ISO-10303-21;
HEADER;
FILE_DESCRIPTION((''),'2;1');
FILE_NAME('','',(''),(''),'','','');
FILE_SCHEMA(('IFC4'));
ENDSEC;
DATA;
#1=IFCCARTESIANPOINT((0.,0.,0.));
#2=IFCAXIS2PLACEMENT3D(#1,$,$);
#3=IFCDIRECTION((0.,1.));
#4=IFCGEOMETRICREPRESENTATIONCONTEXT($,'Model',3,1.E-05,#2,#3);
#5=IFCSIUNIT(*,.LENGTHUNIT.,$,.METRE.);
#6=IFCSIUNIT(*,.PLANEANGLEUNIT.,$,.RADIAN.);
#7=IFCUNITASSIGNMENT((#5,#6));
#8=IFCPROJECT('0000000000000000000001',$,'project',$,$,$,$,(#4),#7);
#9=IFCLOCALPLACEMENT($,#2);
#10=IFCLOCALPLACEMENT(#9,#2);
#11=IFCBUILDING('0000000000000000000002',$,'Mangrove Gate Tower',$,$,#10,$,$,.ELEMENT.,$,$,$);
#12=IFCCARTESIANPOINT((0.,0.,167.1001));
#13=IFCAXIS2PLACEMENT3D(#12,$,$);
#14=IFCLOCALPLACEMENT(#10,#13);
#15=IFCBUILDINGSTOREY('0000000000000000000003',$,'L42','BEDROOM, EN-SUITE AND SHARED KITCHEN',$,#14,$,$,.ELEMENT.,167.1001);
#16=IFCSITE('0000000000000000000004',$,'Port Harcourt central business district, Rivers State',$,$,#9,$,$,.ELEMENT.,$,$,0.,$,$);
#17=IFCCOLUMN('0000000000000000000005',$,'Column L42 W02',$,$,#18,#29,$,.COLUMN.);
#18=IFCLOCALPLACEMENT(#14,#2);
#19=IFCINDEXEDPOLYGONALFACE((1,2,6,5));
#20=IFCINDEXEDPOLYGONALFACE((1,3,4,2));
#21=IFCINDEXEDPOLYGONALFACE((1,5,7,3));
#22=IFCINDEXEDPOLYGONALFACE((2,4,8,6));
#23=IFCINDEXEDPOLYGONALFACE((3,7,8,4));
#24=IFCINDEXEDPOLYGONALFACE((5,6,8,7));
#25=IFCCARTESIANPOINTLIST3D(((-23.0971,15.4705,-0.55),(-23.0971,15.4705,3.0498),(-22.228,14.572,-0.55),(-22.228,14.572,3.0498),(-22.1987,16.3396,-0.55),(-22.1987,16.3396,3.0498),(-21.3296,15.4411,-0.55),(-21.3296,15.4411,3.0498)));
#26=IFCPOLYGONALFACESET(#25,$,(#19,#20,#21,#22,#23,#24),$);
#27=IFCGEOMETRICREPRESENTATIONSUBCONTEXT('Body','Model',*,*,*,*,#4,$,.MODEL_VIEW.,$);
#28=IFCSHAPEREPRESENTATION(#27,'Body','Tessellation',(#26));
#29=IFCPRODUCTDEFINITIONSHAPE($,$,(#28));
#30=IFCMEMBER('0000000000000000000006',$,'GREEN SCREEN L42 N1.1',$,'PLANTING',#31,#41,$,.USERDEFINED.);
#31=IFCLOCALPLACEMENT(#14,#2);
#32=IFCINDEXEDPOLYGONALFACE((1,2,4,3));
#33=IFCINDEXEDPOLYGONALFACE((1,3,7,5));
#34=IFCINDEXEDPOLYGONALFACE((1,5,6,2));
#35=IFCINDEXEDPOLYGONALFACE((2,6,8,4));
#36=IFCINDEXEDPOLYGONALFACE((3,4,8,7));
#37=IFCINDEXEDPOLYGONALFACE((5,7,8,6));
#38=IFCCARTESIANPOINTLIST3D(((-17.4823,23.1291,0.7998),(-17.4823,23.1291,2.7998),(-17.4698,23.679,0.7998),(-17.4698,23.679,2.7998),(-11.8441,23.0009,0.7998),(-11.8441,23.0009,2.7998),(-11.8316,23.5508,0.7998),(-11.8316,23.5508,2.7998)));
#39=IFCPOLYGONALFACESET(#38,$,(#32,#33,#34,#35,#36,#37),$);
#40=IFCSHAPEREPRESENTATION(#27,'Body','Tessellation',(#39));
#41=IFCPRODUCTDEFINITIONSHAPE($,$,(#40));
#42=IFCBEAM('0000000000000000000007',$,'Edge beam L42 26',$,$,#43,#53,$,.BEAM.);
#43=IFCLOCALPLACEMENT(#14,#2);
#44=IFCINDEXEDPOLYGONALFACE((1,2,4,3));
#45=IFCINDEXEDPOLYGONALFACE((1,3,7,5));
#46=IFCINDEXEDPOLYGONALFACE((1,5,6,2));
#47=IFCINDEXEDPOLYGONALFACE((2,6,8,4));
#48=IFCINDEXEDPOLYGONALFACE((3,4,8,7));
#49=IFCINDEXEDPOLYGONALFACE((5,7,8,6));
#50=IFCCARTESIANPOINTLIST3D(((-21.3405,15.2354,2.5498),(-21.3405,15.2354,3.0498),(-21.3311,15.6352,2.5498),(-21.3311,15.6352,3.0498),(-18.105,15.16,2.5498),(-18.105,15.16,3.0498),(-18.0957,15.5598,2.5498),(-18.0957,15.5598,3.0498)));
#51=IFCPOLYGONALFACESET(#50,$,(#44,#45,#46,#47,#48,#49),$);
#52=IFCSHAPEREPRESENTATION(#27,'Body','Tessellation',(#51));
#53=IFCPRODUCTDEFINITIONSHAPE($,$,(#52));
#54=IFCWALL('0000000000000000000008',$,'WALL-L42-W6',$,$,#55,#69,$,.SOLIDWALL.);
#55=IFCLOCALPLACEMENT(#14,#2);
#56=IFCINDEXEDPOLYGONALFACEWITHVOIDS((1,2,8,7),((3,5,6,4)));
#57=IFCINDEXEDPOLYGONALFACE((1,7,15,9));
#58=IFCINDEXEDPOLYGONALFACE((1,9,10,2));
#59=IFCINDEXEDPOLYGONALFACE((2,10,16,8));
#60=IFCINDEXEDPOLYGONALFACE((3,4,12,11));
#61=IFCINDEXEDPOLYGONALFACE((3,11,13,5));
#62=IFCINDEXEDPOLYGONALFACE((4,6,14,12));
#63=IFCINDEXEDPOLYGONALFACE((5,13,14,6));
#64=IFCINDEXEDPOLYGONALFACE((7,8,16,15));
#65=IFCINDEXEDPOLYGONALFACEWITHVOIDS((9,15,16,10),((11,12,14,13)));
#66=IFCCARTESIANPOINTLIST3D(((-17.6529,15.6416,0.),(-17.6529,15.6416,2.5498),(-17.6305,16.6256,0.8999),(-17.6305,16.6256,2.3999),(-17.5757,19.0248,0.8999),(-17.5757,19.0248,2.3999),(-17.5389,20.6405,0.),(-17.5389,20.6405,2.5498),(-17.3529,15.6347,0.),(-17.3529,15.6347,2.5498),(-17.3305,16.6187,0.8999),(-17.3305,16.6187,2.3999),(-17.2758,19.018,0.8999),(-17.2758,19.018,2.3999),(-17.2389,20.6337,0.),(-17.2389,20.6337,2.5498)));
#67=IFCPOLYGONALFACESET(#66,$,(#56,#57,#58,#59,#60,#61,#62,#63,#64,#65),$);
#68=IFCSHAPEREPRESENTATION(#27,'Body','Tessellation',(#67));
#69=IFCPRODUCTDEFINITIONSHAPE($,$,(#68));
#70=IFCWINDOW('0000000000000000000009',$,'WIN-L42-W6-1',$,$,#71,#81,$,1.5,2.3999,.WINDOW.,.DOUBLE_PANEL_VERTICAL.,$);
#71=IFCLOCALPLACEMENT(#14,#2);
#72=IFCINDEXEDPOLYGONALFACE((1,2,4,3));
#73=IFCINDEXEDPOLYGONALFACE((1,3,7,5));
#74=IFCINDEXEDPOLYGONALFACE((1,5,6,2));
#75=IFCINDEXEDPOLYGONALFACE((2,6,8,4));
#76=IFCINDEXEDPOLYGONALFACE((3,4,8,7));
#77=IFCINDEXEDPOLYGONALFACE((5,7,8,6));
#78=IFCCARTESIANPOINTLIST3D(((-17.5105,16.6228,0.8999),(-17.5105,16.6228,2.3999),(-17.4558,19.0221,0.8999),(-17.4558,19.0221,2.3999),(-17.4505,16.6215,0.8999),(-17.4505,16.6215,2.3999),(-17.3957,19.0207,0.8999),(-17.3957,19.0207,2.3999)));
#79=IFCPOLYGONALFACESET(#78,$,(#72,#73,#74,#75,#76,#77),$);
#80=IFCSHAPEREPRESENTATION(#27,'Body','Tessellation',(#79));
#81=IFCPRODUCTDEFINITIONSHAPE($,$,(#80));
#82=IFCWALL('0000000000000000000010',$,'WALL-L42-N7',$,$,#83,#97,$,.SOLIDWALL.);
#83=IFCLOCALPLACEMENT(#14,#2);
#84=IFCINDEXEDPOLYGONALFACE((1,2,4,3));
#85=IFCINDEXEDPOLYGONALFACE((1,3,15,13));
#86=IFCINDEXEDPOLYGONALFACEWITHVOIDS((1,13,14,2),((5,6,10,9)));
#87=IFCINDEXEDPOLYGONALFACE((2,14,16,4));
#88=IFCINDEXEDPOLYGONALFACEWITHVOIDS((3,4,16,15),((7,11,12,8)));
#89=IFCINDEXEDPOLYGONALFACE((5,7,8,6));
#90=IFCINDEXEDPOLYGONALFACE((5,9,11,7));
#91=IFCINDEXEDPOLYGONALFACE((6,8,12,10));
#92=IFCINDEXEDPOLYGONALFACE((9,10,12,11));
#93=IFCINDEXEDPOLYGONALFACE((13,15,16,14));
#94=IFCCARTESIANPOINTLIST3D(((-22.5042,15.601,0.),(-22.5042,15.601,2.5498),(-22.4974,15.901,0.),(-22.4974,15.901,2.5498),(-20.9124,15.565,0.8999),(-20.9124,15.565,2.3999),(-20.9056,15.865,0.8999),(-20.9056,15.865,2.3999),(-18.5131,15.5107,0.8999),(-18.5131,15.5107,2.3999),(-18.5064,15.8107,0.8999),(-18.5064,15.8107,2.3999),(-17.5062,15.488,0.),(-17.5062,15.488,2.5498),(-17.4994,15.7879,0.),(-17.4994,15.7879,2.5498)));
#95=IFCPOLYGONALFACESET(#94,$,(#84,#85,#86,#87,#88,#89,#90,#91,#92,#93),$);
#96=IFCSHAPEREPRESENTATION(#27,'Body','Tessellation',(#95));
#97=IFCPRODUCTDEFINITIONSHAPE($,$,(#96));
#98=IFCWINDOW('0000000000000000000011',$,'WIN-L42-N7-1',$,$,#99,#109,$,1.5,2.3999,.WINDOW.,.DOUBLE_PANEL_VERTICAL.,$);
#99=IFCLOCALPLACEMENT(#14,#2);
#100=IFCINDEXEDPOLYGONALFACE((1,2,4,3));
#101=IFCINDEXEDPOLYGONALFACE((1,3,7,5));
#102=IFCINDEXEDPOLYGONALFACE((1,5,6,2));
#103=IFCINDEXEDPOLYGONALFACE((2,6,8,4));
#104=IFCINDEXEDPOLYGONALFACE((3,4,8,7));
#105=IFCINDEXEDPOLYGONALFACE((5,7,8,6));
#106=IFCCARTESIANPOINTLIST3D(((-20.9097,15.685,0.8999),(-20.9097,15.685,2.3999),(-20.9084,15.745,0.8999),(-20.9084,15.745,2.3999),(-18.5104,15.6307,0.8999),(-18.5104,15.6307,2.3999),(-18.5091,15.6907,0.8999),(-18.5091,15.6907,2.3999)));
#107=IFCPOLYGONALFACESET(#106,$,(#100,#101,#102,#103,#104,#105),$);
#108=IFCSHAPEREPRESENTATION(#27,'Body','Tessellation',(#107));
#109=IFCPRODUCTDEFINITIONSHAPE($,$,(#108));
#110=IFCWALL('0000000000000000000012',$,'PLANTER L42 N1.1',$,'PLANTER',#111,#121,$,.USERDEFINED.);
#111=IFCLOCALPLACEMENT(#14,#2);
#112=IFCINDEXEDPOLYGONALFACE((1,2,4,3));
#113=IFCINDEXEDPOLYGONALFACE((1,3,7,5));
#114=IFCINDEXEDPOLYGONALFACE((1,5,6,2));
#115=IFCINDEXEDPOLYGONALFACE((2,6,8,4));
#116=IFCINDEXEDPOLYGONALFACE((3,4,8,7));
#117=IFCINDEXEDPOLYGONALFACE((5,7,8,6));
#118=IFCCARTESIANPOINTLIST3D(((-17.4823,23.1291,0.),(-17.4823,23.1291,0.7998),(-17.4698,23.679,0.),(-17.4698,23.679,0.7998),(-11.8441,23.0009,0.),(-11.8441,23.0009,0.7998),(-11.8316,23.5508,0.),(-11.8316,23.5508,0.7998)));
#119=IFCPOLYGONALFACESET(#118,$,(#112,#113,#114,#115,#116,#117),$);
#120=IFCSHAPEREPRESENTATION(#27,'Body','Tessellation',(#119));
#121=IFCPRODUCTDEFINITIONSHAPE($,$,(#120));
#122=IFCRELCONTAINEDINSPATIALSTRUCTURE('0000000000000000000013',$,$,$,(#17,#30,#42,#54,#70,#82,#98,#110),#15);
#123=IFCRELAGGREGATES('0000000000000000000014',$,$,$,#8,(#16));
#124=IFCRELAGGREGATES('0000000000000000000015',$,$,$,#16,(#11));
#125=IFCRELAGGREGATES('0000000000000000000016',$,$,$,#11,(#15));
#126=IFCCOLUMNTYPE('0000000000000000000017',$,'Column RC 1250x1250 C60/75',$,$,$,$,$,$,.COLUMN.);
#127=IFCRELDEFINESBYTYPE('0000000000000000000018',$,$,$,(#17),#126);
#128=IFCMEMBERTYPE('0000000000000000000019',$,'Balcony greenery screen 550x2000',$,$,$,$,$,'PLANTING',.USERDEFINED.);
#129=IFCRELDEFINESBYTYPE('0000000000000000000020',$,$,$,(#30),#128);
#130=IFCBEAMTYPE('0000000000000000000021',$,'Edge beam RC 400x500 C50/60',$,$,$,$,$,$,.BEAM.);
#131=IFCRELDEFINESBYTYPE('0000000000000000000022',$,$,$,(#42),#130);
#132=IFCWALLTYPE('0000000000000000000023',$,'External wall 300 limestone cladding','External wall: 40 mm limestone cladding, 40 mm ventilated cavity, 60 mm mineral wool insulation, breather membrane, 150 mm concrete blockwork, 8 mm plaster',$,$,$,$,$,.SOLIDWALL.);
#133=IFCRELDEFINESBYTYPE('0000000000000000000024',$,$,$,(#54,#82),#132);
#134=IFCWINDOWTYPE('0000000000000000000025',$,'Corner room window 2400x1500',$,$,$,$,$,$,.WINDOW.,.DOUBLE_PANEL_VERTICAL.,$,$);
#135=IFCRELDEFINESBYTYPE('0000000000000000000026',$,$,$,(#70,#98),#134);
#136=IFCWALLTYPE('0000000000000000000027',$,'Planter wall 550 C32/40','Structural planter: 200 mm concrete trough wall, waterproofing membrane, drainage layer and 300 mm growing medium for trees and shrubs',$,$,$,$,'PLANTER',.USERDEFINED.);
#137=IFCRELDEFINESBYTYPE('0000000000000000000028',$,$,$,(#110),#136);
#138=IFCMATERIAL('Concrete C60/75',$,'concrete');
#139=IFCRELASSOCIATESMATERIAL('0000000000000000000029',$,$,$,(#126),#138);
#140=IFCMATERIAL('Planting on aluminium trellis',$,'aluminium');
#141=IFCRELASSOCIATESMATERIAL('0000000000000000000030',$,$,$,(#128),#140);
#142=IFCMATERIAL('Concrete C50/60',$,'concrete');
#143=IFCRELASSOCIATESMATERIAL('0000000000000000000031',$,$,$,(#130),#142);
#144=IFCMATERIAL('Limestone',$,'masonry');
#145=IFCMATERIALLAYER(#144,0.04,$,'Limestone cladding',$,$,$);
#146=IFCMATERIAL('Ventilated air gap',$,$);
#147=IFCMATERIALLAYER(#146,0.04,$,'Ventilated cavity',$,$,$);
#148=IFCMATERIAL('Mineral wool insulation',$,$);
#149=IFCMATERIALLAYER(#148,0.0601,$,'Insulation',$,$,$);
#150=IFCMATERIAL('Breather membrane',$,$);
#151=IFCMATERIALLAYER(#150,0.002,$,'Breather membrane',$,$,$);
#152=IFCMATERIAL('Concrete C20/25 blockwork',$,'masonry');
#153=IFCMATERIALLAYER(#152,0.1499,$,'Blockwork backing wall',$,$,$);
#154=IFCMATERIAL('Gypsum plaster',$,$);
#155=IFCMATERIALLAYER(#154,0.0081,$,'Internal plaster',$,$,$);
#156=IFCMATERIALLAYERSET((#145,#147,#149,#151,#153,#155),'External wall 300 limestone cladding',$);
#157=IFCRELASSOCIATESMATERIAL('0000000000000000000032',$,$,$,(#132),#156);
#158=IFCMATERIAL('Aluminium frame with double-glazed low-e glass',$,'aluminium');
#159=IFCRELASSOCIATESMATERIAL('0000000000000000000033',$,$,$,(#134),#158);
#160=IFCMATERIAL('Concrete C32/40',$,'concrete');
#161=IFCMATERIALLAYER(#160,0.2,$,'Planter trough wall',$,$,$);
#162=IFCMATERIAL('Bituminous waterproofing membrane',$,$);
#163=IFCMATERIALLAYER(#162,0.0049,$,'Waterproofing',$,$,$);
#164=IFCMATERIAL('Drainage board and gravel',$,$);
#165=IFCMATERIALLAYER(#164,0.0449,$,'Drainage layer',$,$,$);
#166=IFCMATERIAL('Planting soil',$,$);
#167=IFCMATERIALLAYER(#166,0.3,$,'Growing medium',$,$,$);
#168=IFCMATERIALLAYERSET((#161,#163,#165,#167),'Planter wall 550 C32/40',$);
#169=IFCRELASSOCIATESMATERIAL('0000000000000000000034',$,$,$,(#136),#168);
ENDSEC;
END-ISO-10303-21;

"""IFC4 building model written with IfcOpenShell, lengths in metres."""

from ifc_helpers import new_model, si_unit, direction, frame, frame_2d, origin, origin_2d, place, context, subcontext, project, spatial, rectangle, extrude, material, layer, layer_set, material_profile, profile_set, type_object, element, fill, save


model = new_model("IFC4")

# Units and contexts
model_context = context("Model", 3, precision=1e-05, world=origin(), true_north=direction((0.0, 1.0)))
body_context = subcontext(model_context, "Body", "Model", "MODEL_VIEW")
ifc_project = project(units=[si_unit("LENGTHUNIT", "METRE"), si_unit("PLANEANGLEUNIT", "RADIAN")], contexts=[model_context])

# Site, building, storey
site_placement = place(None, origin())
site = spatial("IfcSite", under=ifc_project, at=site_placement, Name="Port Harcourt central business district, Rivers State", CompositionType="ELEMENT", RefElevation=0.0)
building_placement = place(site_placement, origin())
building = spatial("IfcBuilding", under=site, at=building_placement, Name="Mangrove Gate Tower", CompositionType="ELEMENT")
storey_placement = place(building_placement, frame((0.0, 0.0, 167.1001)))
storey = spatial("IfcBuildingStorey", under=building, at=storey_placement, Name="L42", Description="BEDROOM, EN-SUITE AND SHARED KITCHEN", CompositionType="ELEMENT", Elevation=167.1001)

# Column
ifc_material_1 = material(Name="Concrete C60/75", Category="concrete")
ifc_material_profile_1 = material_profile(ifc_material_1, rectangle(XDim=1.25, YDim=1.25, at=origin_2d()))
ifc_profile_set_1 = profile_set([ifc_material_profile_1], Name="Concrete C60/75")
column_type = type_object("IfcColumnType", Name="Column RC 1250x1250 C60/75", PredefinedType="COLUMN", material=ifc_profile_set_1)
column_placement = place(storey_placement, frame((-22.2134, 15.4558, -0.55), z_axis=(0.0, 0.0, 1.0), x_axis=(-0.718745, -0.695274, 0.0)))
element("IfcColumn", 1, at=column_placement, inside=storey, type_object=column_type, Name="Column L42 W02", PredefinedType="COLUMN", context=body_context, shape_type="SweptSolid", body=[
    extrude(rectangle(XDim=1.25, YDim=1.25, at=origin_2d()), origin(), (0.0, 0.0, 1.0), 3.5999),
])

# Member
ifc_material_2 = material(Name="Planting on aluminium trellis", Category="aluminium")
ifc_material_profile_2 = material_profile(ifc_material_2, rectangle(XDim=0.55, YDim=2.0, at=origin_2d()))
ifc_profile_set_2 = profile_set([ifc_material_profile_2], Name="Planting on aluminium trellis")
member_type = type_object("IfcMemberType", Name="Balcony greenery screen 550x2000", ElementType="PLANTING", PredefinedType="USERDEFINED", material=ifc_profile_set_2)
member_placement = place(storey_placement, frame((-17.4761, 23.4041, 1.7998), z_axis=(0.999742, -0.022727, 0.0), x_axis=(0.022727, 0.999742, 0.0)))
element("IfcMember", 2, at=member_placement, inside=storey, type_object=member_type, Name="GREEN SCREEN L42 N1.1", ObjectType="PLANTING", PredefinedType="USERDEFINED", context=body_context, shape_type="SweptSolid", body=[
    extrude(rectangle(XDim=0.55, YDim=2.0, at=origin_2d()), origin(), (0.0, 0.0, 1.0), 5.6396),
])

# Beam
ifc_material_3 = material(Name="Concrete C50/60", Category="concrete")
ifc_material_profile_3 = material_profile(ifc_material_3, rectangle(XDim=0.3999, YDim=0.5, at=origin_2d()))
ifc_profile_set_3 = profile_set([ifc_material_profile_3], Name="Concrete C50/60")
beam_type = type_object("IfcBeamType", Name="Edge beam RC 400x500 C50/60", PredefinedType="BEAM", material=ifc_profile_set_3)
beam_placement = place(storey_placement, frame((-18.1003, 15.3599, 2.7998), z_axis=(-0.999728, 0.023311, 0.0), x_axis=(-0.023311, -0.999728, 0.0)))
element("IfcBeam", 3, at=beam_placement, inside=storey, type_object=beam_type, Name="Edge beam L42 26", PredefinedType="BEAM", context=body_context, shape_type="SweptSolid", body=[
    extrude(rectangle(XDim=0.3999, YDim=0.5, at=origin_2d()), origin(), (0.0, 0.0, 1.0), 3.2363),
])

# Walls, openings, windows
ifc_material_4 = material(Name="Limestone", Category="masonry")
ifc_layer_1 = layer(ifc_material_4, 0.04, Name="Limestone cladding")
ifc_material_5 = material(Name="Ventilated air gap")
ifc_layer_2 = layer(ifc_material_5, 0.04, Name="Ventilated cavity")
ifc_material_6 = material(Name="Mineral wool insulation")
ifc_layer_3 = layer(ifc_material_6, 0.0601, Name="Insulation")
ifc_material_7 = material(Name="Breather membrane")
ifc_layer_4 = layer(ifc_material_7, 0.002, Name="Breather membrane")
ifc_material_8 = material(Name="Concrete C20/25 blockwork", Category="masonry")
ifc_layer_5 = layer(ifc_material_8, 0.1499, Name="Blockwork backing wall")
ifc_material_9 = material(Name="Gypsum plaster")
ifc_layer_6 = layer(ifc_material_9, 0.0081, Name="Internal plaster")
ifc_layer_set_1 = layer_set([ifc_layer_1, ifc_layer_2, ifc_layer_3, ifc_layer_4, ifc_layer_5, ifc_layer_6], Name="External wall 300 limestone cladding")
wall_type_1 = type_object("IfcWallType", Name="External wall 300 limestone cladding", Description="External wall: 40 mm limestone cladding, 40 mm ventilated cavity, 60 mm mineral wool insulation, breather membrane, 150 mm concrete blockwork, 8 mm plaster", PredefinedType="SOLIDWALL", material=ifc_layer_set_1)
wall_1_placement = place(storey_placement, frame((-17.3889, 20.637, 0.0), z_axis=(0.0, 0.0, 1.0), x_axis=(-0.022801, -0.99974, 0.0)))
wall_1 = element("IfcWall", 4, at=wall_1_placement, inside=storey, type_object=wall_type_1, Name="WALL-L42-W6", PredefinedType="SOLIDWALL", context=body_context, shape_type="SweptSolid", body=[
    extrude(rectangle(XDim=5.0002, YDim=0.3, at=frame_2d((2.5, 0.0))), origin(), (0.0, 0.0, 1.0), 2.5498),
])
opening_1_placement = place(wall_1_placement, frame((1.616, 0.0, 0.8999)))
opening_1 = element("IfcOpeningElement", 5, at=opening_1_placement, cuts=wall_1, PredefinedType="OPENING", context=body_context, shape_type="SweptSolid", body=[
    extrude(rectangle(XDim=2.3999, YDim=1.5, at=frame_2d((1.2, 0.75))), frame((0.0, 0.1599, 0.0), z_axis=(0.0, -1.0, 0.0), x_axis=(1.0, 0.0, 0.0)), (0.0, 0.0, 1.0), 0.3201),
])
ifc_material_10 = material(Name="Aluminium frame with double-glazed low-e glass", Category="aluminium")
window_type_1 = type_object("IfcWindowType", Name="Corner room window 2400x1500", PartitioningType="DOUBLE_PANEL_VERTICAL", PredefinedType="WINDOW", material=ifc_material_10)
window_1_placement = place(opening_1_placement, origin())
window_1 = element("IfcWindow", 6, at=window_1_placement, inside=storey, type_object=window_type_1, Name="WIN-L42-W6-1", OverallHeight=1.5, OverallWidth=2.3999, PartitioningType="DOUBLE_PANEL_VERTICAL", PredefinedType="WINDOW", context=body_context, shape_type="SweptSolid", body=[
    extrude(rectangle(XDim=2.3999, YDim=1.5, at=frame_2d((1.2, 0.75))), frame((0.0, 0.03, 0.0), z_axis=(0.0, -1.0, 0.0), x_axis=(1.0, 0.0, 0.0)), (0.0, 0.0, 1.0), 0.0601),
])
fill(opening_1, window_1)
wall_2_placement = place(storey_placement, frame((-17.5029, 15.6379, 0.0), z_axis=(0.0, 0.0, 1.0), x_axis=(-0.999744, 0.02261, 0.0)))
wall_2 = element("IfcWall", 7, at=wall_2_placement, inside=storey, type_object=wall_type_1, Name="WALL-L42-N7", PredefinedType="SOLIDWALL", context=body_context, shape_type="SweptSolid", body=[
    extrude(rectangle(XDim=4.9993, YDim=0.3, at=frame_2d((2.4995, 0.0))), origin(), (0.0, 0.0, 1.0), 2.5498),
])
opening_2_placement = place(wall_2_placement, frame((1.0071, 0.0, 0.8999)))
opening_2 = element("IfcOpeningElement", 8, at=opening_2_placement, cuts=wall_2, PredefinedType="OPENING", context=body_context, shape_type="SweptSolid", body=[
    extrude(rectangle(XDim=2.3999, YDim=1.5, at=frame_2d((1.2, 0.75))), frame((0.0, 0.1599, 0.0), z_axis=(0.0, -1.0, 0.0), x_axis=(1.0, 0.0, 0.0)), (0.0, 0.0, 1.0), 0.3201),
])
window_2_placement = place(opening_2_placement, origin())
window_2 = element("IfcWindow", 9, at=window_2_placement, inside=storey, type_object=window_type_1, Name="WIN-L42-N7-1", OverallHeight=1.5, OverallWidth=2.3999, PartitioningType="DOUBLE_PANEL_VERTICAL", PredefinedType="WINDOW", context=body_context, shape_type="SweptSolid", body=[
    extrude(rectangle(XDim=2.3999, YDim=1.5, at=frame_2d((1.2, 0.75))), frame((0.0, 0.03, 0.0), z_axis=(0.0, -1.0, 0.0), x_axis=(1.0, 0.0, 0.0)), (0.0, 0.0, 1.0), 0.0601),
])
fill(opening_2, window_2)

# Wall
ifc_material_11 = material(Name="Concrete C32/40", Category="concrete")
ifc_layer_7 = layer(ifc_material_11, 0.2, Name="Planter trough wall")
ifc_material_12 = material(Name="Bituminous waterproofing membrane")
ifc_layer_8 = layer(ifc_material_12, 0.0049, Name="Waterproofing")
ifc_material_13 = material(Name="Drainage board and gravel")
ifc_layer_9 = layer(ifc_material_13, 0.0449, Name="Drainage layer")
ifc_material_14 = material(Name="Planting soil")
ifc_layer_10 = layer(ifc_material_14, 0.3, Name="Growing medium")
ifc_layer_set_2 = layer_set([ifc_layer_7, ifc_layer_8, ifc_layer_9, ifc_layer_10], Name="Planter wall 550 C32/40")
wall_type_2 = type_object("IfcWallType", Name="Planter wall 550 C32/40", Description="Structural planter: 200 mm concrete trough wall, waterproofing membrane, drainage layer and 300 mm growing medium for trees and shrubs", ElementType="PLANTER", PredefinedType="USERDEFINED", material=ifc_layer_set_2)
wall_3_placement = place(storey_placement, frame((-17.4761, 23.4041, 0.0), z_axis=(0.0, 0.0, 1.0), x_axis=(0.999742, -0.022727, 0.0)))
element("IfcWall", 10, at=wall_3_placement, inside=storey, type_object=wall_type_2, Name="PLANTER L42 N1.1", ObjectType="PLANTER", PredefinedType="USERDEFINED", context=body_context, shape_type="SweptSolid", body=[
    extrude(rectangle(XDim=5.6396, YDim=0.55, at=frame_2d((2.8198, 0.0))), origin(), (0.0, 0.0, 1.0), 0.7998),
])

save(model, "model.ifc")
